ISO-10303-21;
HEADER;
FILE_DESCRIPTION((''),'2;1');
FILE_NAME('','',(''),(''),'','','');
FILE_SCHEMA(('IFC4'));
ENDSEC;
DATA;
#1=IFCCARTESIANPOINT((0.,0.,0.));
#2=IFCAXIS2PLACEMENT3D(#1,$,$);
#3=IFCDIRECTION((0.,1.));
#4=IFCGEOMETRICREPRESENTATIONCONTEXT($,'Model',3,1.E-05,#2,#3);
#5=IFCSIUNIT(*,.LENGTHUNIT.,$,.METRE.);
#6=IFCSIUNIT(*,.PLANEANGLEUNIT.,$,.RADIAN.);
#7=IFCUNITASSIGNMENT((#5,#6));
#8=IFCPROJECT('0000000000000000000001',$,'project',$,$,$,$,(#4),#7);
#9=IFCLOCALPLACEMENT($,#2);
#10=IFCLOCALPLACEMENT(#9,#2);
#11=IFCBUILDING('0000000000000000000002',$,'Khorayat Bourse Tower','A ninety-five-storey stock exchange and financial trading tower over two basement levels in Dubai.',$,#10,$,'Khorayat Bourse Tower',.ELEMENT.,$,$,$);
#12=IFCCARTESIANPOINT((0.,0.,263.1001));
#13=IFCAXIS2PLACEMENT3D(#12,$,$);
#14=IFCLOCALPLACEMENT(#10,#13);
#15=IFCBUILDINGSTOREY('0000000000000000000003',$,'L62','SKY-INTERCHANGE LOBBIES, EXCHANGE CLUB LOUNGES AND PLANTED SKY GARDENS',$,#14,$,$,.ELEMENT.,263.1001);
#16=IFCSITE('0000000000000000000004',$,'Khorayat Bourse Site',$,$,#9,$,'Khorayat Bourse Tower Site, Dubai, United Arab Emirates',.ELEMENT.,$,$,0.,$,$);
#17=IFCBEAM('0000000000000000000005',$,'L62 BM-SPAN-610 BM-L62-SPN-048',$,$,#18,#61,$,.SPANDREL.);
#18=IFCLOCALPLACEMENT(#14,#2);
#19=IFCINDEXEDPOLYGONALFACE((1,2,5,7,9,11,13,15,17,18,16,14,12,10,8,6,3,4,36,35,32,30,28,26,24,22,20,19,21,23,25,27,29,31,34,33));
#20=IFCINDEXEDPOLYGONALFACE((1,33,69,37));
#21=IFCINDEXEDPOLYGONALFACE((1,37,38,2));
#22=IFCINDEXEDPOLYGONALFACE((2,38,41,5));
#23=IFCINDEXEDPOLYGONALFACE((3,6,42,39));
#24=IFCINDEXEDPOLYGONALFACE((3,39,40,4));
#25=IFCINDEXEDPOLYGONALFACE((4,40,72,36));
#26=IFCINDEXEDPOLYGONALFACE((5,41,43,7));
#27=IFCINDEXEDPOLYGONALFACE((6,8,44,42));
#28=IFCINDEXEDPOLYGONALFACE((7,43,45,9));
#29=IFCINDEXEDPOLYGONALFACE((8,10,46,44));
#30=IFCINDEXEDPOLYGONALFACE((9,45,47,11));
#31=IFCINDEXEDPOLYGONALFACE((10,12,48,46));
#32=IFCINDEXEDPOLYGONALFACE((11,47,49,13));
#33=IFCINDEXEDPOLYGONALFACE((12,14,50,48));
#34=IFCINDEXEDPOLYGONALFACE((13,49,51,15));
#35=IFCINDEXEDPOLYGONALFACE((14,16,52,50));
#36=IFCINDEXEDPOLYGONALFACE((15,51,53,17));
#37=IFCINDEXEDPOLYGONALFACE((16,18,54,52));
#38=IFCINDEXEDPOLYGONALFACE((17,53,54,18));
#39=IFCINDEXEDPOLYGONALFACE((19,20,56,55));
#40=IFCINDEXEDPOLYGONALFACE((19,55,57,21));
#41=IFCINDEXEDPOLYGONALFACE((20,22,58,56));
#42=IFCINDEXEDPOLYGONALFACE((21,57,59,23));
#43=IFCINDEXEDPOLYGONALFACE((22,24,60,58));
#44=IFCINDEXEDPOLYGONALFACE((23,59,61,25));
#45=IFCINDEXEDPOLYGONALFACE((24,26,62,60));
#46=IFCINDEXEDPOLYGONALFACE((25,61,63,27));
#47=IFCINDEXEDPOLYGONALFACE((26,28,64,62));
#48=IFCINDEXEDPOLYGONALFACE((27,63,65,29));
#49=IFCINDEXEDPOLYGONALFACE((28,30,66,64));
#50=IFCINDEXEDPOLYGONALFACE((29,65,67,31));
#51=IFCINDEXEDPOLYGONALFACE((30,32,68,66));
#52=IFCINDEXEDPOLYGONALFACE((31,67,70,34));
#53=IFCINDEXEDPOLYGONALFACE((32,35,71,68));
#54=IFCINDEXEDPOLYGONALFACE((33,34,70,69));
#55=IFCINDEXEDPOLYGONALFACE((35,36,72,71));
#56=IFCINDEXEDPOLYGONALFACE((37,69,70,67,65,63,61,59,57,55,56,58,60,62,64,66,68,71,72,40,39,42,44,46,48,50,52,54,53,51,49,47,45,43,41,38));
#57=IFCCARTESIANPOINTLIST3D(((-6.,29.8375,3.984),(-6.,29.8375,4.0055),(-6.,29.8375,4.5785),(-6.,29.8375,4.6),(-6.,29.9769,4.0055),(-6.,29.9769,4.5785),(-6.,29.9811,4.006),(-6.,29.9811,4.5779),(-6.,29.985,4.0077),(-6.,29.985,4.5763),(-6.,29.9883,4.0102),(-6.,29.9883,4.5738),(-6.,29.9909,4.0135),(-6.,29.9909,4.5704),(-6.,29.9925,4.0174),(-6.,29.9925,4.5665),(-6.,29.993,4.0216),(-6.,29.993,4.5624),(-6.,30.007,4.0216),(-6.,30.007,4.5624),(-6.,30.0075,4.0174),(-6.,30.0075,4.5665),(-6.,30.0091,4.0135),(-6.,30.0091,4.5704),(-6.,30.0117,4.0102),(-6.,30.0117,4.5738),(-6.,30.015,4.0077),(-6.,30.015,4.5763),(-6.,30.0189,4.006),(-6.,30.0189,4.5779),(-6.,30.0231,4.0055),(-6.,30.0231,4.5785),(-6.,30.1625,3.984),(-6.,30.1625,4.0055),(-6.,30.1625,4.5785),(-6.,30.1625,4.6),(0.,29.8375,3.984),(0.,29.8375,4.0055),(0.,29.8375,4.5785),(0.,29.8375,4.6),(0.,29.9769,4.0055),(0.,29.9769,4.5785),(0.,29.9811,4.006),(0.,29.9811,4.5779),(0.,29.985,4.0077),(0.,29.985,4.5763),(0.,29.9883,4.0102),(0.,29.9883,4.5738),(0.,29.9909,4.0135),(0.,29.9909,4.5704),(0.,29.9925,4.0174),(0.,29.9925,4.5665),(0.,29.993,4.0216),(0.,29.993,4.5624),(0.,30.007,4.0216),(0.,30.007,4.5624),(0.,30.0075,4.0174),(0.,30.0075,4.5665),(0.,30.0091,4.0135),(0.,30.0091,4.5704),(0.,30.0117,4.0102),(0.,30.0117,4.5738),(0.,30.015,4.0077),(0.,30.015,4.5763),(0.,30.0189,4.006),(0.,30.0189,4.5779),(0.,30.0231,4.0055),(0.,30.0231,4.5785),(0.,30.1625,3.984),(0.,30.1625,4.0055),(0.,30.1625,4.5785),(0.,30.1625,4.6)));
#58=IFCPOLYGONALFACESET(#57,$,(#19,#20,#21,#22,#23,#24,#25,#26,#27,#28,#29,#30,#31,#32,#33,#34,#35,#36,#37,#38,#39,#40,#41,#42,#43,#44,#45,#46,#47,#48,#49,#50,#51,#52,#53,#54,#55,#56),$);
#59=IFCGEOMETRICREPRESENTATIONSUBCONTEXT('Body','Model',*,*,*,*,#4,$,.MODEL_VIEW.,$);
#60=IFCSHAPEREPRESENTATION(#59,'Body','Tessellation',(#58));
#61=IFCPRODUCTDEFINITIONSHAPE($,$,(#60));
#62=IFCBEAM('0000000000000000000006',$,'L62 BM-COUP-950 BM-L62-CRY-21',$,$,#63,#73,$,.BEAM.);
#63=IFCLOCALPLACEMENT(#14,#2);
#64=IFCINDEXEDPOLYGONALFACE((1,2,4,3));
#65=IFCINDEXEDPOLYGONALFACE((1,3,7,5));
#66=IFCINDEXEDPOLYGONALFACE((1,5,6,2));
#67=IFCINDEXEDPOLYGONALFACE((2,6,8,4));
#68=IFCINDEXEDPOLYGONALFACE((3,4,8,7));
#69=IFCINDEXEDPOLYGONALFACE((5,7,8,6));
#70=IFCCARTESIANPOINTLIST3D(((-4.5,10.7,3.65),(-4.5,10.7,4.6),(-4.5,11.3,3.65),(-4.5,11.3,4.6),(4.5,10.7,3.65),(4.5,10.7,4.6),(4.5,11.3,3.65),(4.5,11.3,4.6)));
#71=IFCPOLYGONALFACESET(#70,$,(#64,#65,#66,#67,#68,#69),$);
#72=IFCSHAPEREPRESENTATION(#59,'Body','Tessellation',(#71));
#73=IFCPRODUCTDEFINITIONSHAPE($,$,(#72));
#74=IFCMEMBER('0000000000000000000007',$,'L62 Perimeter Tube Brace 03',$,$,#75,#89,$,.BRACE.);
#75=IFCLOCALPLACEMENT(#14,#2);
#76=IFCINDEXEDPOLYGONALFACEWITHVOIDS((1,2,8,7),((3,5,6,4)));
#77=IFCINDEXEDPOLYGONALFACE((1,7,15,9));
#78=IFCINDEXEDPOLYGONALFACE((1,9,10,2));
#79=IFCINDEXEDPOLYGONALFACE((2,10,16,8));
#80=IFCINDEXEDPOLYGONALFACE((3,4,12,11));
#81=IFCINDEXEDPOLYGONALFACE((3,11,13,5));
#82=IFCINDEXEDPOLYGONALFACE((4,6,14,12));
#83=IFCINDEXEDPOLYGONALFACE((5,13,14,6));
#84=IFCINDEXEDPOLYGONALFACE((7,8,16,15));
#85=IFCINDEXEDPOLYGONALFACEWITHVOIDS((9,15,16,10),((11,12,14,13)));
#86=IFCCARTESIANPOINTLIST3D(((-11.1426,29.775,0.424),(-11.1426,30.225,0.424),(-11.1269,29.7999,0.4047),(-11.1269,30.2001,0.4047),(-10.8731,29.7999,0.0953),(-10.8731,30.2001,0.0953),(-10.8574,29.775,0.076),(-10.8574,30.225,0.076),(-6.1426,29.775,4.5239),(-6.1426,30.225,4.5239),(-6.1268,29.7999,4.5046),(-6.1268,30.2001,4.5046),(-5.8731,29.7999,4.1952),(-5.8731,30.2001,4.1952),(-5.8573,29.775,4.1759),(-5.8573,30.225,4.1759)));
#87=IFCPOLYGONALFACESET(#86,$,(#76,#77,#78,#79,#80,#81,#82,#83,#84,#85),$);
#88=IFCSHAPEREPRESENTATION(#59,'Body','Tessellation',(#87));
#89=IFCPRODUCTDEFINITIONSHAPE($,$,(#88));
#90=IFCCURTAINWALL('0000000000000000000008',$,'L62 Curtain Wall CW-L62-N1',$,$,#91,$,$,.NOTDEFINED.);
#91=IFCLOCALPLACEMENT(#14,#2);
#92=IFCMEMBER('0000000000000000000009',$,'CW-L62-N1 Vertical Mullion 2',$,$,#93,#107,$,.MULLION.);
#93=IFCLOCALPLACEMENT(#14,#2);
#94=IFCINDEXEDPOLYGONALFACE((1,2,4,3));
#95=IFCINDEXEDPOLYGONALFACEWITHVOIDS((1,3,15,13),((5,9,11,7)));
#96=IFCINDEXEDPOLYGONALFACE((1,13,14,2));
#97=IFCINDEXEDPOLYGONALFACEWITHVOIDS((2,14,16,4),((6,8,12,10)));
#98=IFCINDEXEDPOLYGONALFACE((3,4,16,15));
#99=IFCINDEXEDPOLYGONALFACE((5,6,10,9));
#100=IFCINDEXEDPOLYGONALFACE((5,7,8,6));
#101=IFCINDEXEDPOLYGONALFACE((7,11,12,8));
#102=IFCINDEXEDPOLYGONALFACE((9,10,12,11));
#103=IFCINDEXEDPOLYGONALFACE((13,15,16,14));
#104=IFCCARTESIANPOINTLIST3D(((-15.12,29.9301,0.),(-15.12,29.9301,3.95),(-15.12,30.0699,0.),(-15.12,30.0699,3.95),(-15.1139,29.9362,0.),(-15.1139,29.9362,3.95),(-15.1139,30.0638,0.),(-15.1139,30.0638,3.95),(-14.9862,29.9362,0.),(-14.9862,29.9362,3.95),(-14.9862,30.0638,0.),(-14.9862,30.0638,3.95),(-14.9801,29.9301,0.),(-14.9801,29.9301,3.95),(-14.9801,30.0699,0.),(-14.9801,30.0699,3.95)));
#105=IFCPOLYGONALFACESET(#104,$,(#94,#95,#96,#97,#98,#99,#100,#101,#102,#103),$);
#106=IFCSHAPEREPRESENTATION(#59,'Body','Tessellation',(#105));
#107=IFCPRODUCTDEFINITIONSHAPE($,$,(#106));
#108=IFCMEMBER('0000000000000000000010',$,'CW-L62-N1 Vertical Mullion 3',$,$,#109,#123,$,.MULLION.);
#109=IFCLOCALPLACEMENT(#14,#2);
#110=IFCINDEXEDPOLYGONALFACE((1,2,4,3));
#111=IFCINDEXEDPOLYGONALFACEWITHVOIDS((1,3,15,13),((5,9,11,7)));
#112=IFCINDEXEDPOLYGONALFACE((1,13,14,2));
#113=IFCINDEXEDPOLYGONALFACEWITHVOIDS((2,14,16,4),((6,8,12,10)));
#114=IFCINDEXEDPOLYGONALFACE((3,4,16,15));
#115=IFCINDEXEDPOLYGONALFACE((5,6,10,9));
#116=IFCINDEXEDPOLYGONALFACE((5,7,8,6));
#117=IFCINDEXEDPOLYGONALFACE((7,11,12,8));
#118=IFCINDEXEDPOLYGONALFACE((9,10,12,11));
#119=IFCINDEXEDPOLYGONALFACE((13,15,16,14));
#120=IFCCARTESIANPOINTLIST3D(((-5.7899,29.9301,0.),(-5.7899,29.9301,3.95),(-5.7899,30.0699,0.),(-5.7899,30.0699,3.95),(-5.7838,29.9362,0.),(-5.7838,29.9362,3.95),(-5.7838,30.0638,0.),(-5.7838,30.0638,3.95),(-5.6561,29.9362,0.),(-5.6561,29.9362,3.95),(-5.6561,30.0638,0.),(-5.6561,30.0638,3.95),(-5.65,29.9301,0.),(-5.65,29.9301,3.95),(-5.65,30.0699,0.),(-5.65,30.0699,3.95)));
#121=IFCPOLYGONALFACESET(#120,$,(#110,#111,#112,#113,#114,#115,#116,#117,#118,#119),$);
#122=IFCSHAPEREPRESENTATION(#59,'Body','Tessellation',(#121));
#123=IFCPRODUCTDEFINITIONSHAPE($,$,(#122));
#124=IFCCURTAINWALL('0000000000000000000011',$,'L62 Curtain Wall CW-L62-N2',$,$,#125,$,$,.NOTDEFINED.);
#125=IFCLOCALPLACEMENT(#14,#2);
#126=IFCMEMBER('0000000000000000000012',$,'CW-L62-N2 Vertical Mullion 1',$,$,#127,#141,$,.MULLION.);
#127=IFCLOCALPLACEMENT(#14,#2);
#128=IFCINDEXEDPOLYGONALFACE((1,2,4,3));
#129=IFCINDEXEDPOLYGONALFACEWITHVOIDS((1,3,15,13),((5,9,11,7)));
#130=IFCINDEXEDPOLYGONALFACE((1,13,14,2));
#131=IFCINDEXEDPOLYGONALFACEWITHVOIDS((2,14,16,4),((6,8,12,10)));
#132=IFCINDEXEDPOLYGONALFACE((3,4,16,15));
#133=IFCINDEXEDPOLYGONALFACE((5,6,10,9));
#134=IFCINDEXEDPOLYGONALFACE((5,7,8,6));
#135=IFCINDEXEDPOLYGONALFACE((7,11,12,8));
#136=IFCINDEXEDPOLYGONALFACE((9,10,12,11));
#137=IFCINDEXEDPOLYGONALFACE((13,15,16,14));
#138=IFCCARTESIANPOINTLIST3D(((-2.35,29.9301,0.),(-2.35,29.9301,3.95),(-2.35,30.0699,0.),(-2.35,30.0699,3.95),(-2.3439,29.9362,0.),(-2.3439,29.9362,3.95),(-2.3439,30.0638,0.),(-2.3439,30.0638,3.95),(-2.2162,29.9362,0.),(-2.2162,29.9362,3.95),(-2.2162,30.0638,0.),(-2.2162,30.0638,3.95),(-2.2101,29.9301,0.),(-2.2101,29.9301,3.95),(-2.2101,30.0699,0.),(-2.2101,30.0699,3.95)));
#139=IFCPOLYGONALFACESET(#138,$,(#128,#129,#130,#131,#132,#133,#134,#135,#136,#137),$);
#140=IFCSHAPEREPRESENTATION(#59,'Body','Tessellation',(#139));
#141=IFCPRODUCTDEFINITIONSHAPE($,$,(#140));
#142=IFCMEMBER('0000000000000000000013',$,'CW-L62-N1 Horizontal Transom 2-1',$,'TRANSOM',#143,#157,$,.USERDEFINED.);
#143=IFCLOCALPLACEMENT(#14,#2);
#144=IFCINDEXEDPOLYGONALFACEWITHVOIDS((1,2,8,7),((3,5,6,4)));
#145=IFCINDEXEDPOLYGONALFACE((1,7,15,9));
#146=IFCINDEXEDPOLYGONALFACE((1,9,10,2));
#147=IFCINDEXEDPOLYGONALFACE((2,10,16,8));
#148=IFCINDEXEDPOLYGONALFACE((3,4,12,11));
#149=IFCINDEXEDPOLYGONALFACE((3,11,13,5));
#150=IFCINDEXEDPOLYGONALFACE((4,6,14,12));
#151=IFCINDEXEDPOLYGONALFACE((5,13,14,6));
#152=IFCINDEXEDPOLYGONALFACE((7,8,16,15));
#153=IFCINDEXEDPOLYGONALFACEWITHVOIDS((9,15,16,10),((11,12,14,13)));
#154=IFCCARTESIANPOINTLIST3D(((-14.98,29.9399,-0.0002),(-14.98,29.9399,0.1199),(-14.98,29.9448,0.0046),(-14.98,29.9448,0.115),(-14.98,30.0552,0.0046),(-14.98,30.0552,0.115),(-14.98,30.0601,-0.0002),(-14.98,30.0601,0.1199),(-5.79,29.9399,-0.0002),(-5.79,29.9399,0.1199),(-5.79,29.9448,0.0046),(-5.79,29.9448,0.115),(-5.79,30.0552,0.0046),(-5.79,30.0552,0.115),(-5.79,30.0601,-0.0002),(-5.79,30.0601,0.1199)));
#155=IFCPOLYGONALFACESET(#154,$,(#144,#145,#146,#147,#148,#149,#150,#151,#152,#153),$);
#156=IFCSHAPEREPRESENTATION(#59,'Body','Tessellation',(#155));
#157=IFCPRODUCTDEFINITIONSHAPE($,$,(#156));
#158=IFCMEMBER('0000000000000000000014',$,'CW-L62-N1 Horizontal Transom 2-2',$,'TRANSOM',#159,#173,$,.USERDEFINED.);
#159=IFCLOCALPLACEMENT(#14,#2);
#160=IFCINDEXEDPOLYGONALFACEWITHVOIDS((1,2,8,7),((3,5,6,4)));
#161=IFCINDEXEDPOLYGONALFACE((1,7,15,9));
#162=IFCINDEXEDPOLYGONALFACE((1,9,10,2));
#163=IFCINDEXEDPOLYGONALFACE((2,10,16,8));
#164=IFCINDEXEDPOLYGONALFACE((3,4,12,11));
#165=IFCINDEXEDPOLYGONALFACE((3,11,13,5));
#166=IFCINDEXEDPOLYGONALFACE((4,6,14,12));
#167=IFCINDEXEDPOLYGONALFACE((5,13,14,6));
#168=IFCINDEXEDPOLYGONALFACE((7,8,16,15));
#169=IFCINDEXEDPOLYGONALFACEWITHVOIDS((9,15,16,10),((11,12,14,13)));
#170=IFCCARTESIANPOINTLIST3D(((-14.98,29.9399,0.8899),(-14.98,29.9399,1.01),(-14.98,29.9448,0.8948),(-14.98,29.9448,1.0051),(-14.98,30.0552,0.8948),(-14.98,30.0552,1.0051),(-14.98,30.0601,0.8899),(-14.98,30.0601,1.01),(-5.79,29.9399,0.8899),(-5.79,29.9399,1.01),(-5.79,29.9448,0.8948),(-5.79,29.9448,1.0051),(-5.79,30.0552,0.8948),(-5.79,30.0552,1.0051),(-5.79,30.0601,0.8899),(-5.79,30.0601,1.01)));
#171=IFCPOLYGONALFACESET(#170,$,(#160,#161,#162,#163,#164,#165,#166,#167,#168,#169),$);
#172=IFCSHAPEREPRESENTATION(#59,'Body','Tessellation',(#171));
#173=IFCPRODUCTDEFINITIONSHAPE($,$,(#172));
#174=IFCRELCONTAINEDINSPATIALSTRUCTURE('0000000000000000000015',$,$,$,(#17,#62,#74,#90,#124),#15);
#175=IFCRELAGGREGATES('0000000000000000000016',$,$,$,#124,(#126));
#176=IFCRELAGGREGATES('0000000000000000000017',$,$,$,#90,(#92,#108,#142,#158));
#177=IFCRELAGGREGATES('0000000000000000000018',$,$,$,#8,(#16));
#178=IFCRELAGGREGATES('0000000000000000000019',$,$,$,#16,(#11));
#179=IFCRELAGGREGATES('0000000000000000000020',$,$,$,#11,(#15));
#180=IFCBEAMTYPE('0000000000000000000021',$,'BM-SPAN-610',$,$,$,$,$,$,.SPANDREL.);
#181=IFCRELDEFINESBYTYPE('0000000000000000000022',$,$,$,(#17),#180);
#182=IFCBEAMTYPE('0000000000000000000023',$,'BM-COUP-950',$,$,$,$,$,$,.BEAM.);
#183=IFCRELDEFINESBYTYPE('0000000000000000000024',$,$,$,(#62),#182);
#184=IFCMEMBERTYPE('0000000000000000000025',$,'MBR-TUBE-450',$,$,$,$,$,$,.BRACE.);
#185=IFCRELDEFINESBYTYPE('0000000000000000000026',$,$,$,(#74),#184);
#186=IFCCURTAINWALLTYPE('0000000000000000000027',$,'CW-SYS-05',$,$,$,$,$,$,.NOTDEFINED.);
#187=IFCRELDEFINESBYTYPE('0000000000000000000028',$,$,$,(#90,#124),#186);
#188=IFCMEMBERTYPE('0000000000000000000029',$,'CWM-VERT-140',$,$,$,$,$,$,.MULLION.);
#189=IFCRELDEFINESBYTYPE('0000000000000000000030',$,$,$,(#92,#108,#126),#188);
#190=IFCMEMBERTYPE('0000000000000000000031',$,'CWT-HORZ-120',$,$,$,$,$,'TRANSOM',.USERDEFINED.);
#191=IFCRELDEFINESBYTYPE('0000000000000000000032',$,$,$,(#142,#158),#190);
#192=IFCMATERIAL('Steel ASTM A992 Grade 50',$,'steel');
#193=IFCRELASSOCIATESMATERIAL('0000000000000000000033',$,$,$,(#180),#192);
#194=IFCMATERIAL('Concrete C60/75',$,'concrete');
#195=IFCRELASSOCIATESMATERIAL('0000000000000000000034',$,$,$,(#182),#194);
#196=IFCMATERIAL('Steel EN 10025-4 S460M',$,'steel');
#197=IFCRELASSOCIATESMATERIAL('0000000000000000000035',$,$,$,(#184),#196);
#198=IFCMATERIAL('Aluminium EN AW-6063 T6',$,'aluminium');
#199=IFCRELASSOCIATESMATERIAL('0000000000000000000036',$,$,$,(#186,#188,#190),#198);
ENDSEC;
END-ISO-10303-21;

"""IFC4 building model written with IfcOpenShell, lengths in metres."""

from ifc_helpers import new_model, si_unit, direction, frame, origin, origin_2d, place, context, subcontext, project, spatial, rectangle, hollow_rectangle, i_section, extrude, source, transform, mapped, material, material_profile, profile_set, type_object, element, aggregate, save


model = new_model("IFC4")

# Units and contexts
model_context = context("Model", 3, precision=1e-05, world=origin(), true_north=direction((0.0, 1.0)))
body_context = subcontext(model_context, "Body", "Model", "MODEL_VIEW")
ifc_project = project(units=[si_unit("LENGTHUNIT", "METRE"), si_unit("PLANEANGLEUNIT", "RADIAN")], contexts=[model_context])

# Site, building, storey
site_placement = place(None, origin())
site = spatial("IfcSite", under=ifc_project, at=site_placement, Name="Khorayat Bourse Site", LongName="Khorayat Bourse Tower Site, Dubai, United Arab Emirates", CompositionType="ELEMENT", RefElevation=0.0)
building_placement = place(site_placement, origin())
building = spatial("IfcBuilding", under=site, at=building_placement, Name="Khorayat Bourse Tower", Description="A ninety-five-storey stock exchange and financial trading tower over two basement levels in Dubai.", LongName="Khorayat Bourse Tower", CompositionType="ELEMENT")
storey_placement = place(building_placement, frame((0.0, 0.0, 263.1001)))
storey = spatial("IfcBuildingStorey", under=building, at=storey_placement, Name="L62", Description="SKY-INTERCHANGE LOBBIES, EXCHANGE CLUB LOUNGES AND PLANTED SKY GARDENS", CompositionType="ELEMENT", Elevation=263.1001)

# Shared definitions
ifc_material_1 = material(Name="Concrete C60/75", Category="concrete")
ifc_material_2 = material(Name="Steel EN 10025-4 S460M", Category="steel")

# Beams
ifc_material_3 = material(Name="Steel ASTM A992 Grade 50", Category="steel")
ifc_material_profile_1 = material_profile(ifc_material_3, i_section(OverallWidth=0.325, OverallDepth=0.616, WebThickness=0.0139, FlangeThickness=0.0215, FilletRadius=0.0161, at=origin_2d()), Name="W610X174")
ifc_profile_set_1 = profile_set([ifc_material_profile_1], Name="Steel ASTM A992 Grade 50")
beam_type_1 = type_object("IfcBeamType", Name="BM-SPAN-610", PredefinedType="SPANDREL", material=ifc_profile_set_1)
shared_shape_1 = source(origin(), body_context, "Body", "SweptSolid", [
    extrude(i_section(OverallWidth=0.325, OverallDepth=0.616, WebThickness=0.0139, FlangeThickness=0.0215, FilletRadius=0.0161, at=origin_2d()), origin(), (0.0, 0.0, 1.0), 6.0),
])
beam_1_placement = place(storey_placement, frame((-6.0, 30.0, 4.292), z_axis=(1.0, 0.0, 0.0), x_axis=(0.0, 1.0, 0.0)))
element("IfcBeam", 1, at=beam_1_placement, inside=storey, type_object=beam_type_1, Name="L62 BM-SPAN-610 BM-L62-SPN-048", PredefinedType="SPANDREL", context=body_context, shape_type="MappedRepresentation", body=[
    mapped(shared_shape_1, transform((0.0, 0.0, 0.0), scale=1.0)),
])
ifc_material_profile_2 = material_profile(ifc_material_1, rectangle(XDim=0.6001, YDim=0.95, at=origin_2d()), Name="RC 600x950")
ifc_profile_set_2 = profile_set([ifc_material_profile_2], Name="Concrete C60/75")
beam_type_2 = type_object("IfcBeamType", Name="BM-COUP-950", PredefinedType="BEAM", material=ifc_profile_set_2)
shared_shape_2 = source(origin(), body_context, "Body", "SweptSolid", [
    extrude(rectangle(XDim=0.6001, YDim=0.95, at=origin_2d()), origin(), (0.0, 0.0, 1.0), 9.0),
])
beam_2_placement = place(storey_placement, frame((-4.5, 11.0, 4.125), z_axis=(1.0, 0.0, 0.0), x_axis=(0.0, 1.0, 0.0)))
element("IfcBeam", 2, at=beam_2_placement, inside=storey, type_object=beam_type_2, Name="L62 BM-COUP-950 BM-L62-CRY-21", PredefinedType="BEAM", context=body_context, shape_type="MappedRepresentation", body=[
    mapped(shared_shape_2, transform((0.0, 0.0, 0.0), scale=1.0)),
])

# Member
ifc_material_profile_3 = material_profile(ifc_material_2, hollow_rectangle(XDim=0.45, YDim=0.45, WallThickness=0.0249, at=origin_2d()), Name="HSS 450x450x25")
ifc_profile_set_3 = profile_set([ifc_material_profile_3], Name="Steel EN 10025-4 S460M")
member_type_1 = type_object("IfcMemberType", Name="MBR-TUBE-450", PredefinedType="BRACE", material=ifc_profile_set_3)
shared_shape_3 = source(origin(), body_context, "Body", "SweptSolid", [
    extrude(hollow_rectangle(XDim=0.45, YDim=0.45, WallThickness=0.0249, at=origin_2d()), origin(), (0.0, 0.0, 1.0), 6.4661),
])
member_1_placement = place(storey_placement, frame((-11.0, 30.0, 0.25), z_axis=(0.773279, 0.0, 0.634066), x_axis=(0.0, 1.0, 0.0)))
element("IfcMember", 3, at=member_1_placement, inside=storey, type_object=member_type_1, Name="L62 Perimeter Tube Brace 03", PredefinedType="BRACE", context=body_context, shape_type="MappedRepresentation", body=[
    mapped(shared_shape_3, transform((0.0, 0.0, 0.0), scale=1.0)),
])

# Curtain wall, members
ifc_material_4 = material(Name="Aluminium EN AW-6063 T6", Category="aluminium")
curtain_wall_type = type_object("IfcCurtainWallType", Name="CW-SYS-05", PredefinedType="NOTDEFINED", material=ifc_material_4)
curtain_wall_1_placement = place(storey_placement, origin())
curtain_wall_1 = element("IfcCurtainWall", 4, at=curtain_wall_1_placement, inside=storey, type_object=curtain_wall_type, Name="L62 Curtain Wall CW-L62-N1", PredefinedType="NOTDEFINED")
ifc_material_profile_4 = material_profile(ifc_material_4, hollow_rectangle(XDim=0.1399, YDim=0.1399, WallThickness=0.0061, at=origin_2d()), Name="ALU 140x140x6")
ifc_profile_set_4 = profile_set([ifc_material_profile_4], Name="Aluminium EN AW-6063 T6")
member_type_2 = type_object("IfcMemberType", Name="CWM-VERT-140", PredefinedType="MULLION", material=ifc_profile_set_4)
shared_shape_4 = source(origin(), body_context, "Body", "SweptSolid", [
    extrude(hollow_rectangle(XDim=0.1399, YDim=0.1399, WallThickness=0.0061, at=origin_2d()), origin(), (0.0, 0.0, 1.0), 3.95),
])
member_2_placement = place(storey_placement, frame((-15.05, 30.0, 0.0), z_axis=(0.0, 0.0, 1.0), x_axis=(0.0, 1.0, 0.0)))
member_2 = element("IfcMember", 5, at=member_2_placement, type_object=member_type_2, Name="CW-L62-N1 Vertical Mullion 2", PredefinedType="MULLION", context=body_context, shape_type="MappedRepresentation", body=[
    mapped(shared_shape_4, transform((0.0, 0.0, 0.0), scale=1.0)),
])
member_3_placement = place(storey_placement, frame((-5.72, 30.0, 0.0), z_axis=(0.0, 0.0, 1.0), x_axis=(0.0, 1.0, 0.0)))
member_3 = element("IfcMember", 6, at=member_3_placement, type_object=member_type_2, Name="CW-L62-N1 Vertical Mullion 3", PredefinedType="MULLION", context=body_context, shape_type="MappedRepresentation", body=[
    mapped(shared_shape_4, transform((0.0, 0.0, 0.0), scale=1.0)),
])

# Curtain wall, member
curtain_wall_2_placement = place(storey_placement, origin())
curtain_wall_2 = element("IfcCurtainWall", 7, at=curtain_wall_2_placement, inside=storey, type_object=curtain_wall_type, Name="L62 Curtain Wall CW-L62-N2", PredefinedType="NOTDEFINED")
member_4_placement = place(storey_placement, frame((-2.28, 30.0, 0.0), z_axis=(0.0, 0.0, 1.0), x_axis=(0.0, 1.0, 0.0)))
member_4 = element("IfcMember", 8, at=member_4_placement, type_object=member_type_2, Name="CW-L62-N2 Vertical Mullion 1", PredefinedType="MULLION", context=body_context, shape_type="MappedRepresentation", body=[
    mapped(shared_shape_4, transform((0.0, 0.0, 0.0), scale=1.0)),
])

# Members
ifc_material_profile_5 = material_profile(ifc_material_4, hollow_rectangle(XDim=0.1201, YDim=0.1201, WallThickness=0.0049, at=origin_2d()), Name="ALU 120x120x5")
ifc_profile_set_5 = profile_set([ifc_material_profile_5], Name="Aluminium EN AW-6063 T6")
member_type_3 = type_object("IfcMemberType", Name="CWT-HORZ-120", ElementType="TRANSOM", PredefinedType="USERDEFINED", material=ifc_profile_set_5)
shared_shape_5 = source(origin(), body_context, "Body", "SweptSolid", [
    extrude(hollow_rectangle(XDim=0.1201, YDim=0.1201, WallThickness=0.0049, at=origin_2d()), origin(), (0.0, 0.0, 1.0), 9.1899),
])
member_5_placement = place(storey_placement, frame((-14.98, 30.0, 0.0598), z_axis=(1.0, 0.0, 0.0), x_axis=(0.0, 1.0, 0.0)))
member_5 = element("IfcMember", 9, at=member_5_placement, type_object=member_type_3, Name="CW-L62-N1 Horizontal Transom 2-1", ObjectType="TRANSOM", PredefinedType="USERDEFINED", context=body_context, shape_type="MappedRepresentation", body=[
    mapped(shared_shape_5, transform((0.0, 0.0, 0.0), scale=1.0)),
])
member_6_placement = place(storey_placement, frame((-14.98, 30.0, 0.95), z_axis=(1.0, 0.0, 0.0), x_axis=(0.0, 1.0, 0.0)))
member_6 = element("IfcMember", 10, at=member_6_placement, type_object=member_type_3, Name="CW-L62-N1 Horizontal Transom 2-2", ObjectType="TRANSOM", PredefinedType="USERDEFINED", context=body_context, shape_type="MappedRepresentation", body=[
    mapped(shared_shape_5, transform((0.0, 0.0, 0.0), scale=1.0)),
])
aggregate(curtain_wall_2, [member_4])

aggregate(curtain_wall_1, [member_2, member_3, member_5, member_6])

save(model, "model.ifc")
